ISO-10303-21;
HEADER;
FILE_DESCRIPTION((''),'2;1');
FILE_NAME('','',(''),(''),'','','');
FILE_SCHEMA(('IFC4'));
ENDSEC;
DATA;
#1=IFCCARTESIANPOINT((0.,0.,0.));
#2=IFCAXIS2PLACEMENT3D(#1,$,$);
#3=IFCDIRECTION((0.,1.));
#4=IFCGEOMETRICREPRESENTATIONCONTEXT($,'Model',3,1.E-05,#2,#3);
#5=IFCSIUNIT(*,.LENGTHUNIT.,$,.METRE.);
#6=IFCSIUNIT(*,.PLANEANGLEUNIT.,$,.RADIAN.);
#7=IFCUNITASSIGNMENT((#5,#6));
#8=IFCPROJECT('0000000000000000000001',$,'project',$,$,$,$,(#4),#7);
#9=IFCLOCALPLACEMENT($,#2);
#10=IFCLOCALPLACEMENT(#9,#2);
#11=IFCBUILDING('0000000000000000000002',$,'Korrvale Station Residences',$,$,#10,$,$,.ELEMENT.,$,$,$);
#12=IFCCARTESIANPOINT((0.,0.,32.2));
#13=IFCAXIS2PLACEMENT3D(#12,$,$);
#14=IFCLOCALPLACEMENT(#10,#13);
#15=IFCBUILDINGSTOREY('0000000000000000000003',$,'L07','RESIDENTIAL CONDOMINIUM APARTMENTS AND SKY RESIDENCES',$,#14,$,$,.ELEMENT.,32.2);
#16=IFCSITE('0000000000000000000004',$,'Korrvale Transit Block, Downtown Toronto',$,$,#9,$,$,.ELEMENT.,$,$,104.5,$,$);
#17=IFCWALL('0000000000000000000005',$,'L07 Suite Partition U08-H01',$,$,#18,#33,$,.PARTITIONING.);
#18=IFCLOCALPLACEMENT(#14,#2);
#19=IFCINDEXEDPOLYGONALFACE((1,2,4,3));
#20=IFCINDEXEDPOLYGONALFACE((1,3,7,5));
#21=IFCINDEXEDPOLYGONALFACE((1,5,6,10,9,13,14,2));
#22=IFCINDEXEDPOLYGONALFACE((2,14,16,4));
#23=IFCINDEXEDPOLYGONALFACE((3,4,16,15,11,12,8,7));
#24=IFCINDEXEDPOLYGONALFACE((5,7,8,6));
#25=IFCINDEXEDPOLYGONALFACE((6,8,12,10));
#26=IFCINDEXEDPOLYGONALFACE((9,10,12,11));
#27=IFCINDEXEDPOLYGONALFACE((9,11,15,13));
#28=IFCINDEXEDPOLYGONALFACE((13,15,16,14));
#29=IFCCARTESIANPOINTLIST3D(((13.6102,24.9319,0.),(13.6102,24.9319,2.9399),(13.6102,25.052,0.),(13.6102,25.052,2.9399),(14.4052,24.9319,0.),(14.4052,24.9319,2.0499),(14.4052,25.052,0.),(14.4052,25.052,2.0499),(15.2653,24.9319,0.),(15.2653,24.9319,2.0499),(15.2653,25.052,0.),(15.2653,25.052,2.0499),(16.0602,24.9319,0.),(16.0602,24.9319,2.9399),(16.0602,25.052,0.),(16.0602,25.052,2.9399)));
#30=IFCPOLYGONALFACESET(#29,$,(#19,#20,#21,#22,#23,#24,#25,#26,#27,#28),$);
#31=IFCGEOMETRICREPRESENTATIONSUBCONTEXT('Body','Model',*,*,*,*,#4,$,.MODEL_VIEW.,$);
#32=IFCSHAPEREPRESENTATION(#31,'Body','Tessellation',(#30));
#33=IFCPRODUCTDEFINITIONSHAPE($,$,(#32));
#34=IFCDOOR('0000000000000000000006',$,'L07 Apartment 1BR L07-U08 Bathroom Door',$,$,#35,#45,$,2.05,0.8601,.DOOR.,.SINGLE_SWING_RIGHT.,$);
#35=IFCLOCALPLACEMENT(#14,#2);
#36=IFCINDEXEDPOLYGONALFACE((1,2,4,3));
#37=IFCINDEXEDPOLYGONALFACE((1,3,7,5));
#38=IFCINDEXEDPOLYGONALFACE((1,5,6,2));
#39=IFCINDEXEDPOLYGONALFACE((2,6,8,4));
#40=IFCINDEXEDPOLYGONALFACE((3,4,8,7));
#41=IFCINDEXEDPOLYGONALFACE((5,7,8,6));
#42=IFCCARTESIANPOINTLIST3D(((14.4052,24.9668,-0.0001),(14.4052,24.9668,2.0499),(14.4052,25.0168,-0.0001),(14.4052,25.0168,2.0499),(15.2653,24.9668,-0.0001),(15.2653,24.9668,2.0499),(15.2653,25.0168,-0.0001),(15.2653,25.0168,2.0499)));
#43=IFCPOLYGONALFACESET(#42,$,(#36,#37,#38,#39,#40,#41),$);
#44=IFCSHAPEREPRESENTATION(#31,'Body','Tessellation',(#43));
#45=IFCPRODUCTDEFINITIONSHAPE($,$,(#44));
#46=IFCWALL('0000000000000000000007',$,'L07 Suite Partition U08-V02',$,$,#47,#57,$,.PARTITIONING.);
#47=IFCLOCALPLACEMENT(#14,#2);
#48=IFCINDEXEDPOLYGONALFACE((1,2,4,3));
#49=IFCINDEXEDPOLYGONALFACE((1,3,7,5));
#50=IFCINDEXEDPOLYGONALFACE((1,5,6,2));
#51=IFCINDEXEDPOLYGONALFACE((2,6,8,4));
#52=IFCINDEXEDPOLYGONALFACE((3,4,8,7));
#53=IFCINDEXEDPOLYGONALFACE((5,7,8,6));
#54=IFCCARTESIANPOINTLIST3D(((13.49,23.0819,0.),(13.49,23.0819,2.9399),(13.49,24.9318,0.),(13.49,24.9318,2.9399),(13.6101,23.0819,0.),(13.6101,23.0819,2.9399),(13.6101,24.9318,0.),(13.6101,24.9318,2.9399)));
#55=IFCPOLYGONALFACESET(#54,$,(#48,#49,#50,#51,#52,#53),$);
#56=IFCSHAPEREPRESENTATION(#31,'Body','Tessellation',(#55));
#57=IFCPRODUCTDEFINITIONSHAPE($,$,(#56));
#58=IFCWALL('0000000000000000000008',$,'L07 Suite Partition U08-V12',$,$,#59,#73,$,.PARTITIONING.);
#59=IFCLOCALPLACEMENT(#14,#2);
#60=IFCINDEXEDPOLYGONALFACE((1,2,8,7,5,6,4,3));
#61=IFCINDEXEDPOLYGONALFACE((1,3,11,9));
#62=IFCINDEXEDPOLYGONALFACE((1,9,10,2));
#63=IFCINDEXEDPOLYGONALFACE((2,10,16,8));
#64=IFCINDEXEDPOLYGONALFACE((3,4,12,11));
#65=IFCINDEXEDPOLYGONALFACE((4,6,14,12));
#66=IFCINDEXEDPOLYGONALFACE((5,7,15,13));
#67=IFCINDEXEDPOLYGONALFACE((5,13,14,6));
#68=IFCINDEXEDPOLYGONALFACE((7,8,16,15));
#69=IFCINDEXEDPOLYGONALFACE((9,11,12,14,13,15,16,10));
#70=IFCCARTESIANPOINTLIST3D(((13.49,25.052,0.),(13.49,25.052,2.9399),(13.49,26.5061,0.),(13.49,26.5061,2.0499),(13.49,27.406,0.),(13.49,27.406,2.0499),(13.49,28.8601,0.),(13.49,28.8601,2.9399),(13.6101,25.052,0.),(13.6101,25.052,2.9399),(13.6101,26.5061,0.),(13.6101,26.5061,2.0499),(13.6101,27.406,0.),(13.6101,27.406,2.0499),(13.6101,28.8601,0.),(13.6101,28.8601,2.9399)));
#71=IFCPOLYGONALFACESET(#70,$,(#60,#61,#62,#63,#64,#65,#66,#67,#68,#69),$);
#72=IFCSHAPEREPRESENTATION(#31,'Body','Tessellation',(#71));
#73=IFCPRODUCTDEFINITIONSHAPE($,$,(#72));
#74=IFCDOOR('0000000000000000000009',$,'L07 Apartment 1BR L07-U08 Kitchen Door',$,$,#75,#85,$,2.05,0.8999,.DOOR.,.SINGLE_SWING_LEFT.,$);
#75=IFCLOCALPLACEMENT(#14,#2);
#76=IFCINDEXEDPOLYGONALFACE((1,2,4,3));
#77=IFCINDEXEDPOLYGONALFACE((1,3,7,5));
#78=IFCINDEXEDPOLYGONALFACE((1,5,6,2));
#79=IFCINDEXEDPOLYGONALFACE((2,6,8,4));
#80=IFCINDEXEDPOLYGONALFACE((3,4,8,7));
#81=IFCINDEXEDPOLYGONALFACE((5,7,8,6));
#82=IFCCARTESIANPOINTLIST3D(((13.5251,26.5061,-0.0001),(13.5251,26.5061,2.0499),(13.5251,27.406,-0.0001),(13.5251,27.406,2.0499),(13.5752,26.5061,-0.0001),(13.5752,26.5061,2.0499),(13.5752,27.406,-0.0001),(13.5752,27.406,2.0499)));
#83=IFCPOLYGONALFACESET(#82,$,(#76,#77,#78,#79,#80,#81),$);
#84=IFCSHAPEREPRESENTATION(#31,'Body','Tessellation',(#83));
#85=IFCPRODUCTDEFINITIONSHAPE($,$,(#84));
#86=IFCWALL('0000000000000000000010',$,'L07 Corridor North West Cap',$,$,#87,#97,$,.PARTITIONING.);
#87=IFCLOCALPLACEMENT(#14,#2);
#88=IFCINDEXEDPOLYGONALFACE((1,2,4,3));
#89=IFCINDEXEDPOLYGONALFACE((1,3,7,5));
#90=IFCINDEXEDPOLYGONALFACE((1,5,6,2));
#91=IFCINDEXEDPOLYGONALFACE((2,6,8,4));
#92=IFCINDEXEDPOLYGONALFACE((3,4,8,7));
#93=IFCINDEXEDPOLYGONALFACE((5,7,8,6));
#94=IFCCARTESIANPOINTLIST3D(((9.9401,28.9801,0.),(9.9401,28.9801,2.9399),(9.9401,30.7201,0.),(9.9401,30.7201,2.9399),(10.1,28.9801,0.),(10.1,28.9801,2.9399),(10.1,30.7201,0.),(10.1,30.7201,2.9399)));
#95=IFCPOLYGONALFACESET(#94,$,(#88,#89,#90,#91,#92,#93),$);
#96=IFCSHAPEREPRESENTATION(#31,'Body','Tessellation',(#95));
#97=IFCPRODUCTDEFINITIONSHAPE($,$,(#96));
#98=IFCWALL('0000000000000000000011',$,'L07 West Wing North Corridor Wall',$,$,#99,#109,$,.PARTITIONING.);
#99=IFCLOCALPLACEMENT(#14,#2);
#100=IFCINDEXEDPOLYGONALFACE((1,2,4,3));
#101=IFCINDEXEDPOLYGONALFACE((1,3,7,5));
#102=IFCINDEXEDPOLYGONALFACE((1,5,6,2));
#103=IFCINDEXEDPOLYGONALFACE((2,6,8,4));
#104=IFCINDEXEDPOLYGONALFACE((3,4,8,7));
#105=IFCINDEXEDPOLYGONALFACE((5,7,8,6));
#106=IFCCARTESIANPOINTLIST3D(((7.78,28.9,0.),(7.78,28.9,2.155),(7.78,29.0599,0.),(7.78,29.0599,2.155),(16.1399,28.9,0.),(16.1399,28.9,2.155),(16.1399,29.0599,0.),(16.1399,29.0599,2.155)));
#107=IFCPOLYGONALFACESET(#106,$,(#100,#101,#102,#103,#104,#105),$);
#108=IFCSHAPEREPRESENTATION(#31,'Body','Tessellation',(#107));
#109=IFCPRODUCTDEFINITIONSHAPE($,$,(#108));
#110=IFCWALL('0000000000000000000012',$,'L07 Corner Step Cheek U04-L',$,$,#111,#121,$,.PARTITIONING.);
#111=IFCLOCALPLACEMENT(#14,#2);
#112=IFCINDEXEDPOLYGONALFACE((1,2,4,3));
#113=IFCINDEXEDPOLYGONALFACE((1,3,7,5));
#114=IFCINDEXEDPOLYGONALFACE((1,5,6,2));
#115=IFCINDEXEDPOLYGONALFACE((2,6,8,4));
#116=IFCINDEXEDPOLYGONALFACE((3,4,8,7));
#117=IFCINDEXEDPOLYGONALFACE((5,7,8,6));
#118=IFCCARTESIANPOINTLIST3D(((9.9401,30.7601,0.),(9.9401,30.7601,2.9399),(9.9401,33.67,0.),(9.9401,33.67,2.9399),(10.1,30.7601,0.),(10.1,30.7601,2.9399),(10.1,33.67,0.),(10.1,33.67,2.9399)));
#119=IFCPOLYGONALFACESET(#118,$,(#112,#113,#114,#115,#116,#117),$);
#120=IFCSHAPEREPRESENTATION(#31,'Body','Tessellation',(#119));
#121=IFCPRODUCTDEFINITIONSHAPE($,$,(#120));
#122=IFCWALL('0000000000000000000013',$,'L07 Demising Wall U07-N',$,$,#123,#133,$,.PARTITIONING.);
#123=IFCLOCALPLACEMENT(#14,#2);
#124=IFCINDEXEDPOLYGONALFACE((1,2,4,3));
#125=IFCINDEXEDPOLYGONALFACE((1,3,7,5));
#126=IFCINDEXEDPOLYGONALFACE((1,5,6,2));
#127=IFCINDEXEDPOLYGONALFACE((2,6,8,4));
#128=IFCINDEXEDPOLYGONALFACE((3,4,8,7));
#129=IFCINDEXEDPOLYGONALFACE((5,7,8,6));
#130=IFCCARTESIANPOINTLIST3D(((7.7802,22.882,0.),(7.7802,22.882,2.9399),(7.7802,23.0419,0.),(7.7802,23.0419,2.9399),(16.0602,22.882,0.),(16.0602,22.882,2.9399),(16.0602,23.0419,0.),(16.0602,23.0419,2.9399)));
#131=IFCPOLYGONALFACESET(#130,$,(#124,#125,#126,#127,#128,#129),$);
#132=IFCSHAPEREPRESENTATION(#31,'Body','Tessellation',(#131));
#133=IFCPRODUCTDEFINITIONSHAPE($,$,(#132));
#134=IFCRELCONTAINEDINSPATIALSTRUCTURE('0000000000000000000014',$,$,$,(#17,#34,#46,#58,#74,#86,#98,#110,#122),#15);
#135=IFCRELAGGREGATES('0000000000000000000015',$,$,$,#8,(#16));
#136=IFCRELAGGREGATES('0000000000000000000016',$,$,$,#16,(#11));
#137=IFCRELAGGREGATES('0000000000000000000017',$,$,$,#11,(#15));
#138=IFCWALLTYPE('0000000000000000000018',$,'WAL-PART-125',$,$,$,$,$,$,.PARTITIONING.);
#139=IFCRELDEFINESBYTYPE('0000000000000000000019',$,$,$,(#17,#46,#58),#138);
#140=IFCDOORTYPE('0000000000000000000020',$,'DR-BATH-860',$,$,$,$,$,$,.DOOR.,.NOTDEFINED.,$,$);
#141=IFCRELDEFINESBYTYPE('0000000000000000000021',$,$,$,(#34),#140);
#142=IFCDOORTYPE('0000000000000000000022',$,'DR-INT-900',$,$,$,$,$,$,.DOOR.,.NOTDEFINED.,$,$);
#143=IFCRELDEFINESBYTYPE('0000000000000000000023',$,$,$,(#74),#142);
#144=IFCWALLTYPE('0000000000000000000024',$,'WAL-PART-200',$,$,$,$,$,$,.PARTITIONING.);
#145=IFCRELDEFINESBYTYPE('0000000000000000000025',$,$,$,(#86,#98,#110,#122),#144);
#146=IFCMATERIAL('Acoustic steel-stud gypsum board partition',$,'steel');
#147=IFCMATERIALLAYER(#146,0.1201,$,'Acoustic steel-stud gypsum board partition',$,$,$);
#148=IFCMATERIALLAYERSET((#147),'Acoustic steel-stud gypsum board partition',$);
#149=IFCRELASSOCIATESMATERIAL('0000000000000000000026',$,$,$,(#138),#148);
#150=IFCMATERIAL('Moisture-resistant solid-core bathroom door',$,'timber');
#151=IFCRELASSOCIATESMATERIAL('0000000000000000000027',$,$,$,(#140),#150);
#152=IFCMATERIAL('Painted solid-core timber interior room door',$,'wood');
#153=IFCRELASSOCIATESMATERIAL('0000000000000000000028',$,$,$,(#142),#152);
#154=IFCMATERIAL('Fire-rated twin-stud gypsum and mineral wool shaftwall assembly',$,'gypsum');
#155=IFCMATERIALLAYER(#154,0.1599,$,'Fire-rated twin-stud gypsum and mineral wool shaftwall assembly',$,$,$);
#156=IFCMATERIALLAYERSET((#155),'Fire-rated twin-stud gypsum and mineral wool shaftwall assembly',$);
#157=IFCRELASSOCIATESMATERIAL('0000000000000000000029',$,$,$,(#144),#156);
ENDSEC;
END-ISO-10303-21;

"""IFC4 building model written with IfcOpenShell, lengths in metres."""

from ifc_helpers import new_model, si_unit, direction, frame, frame_2d, origin, place, context, subcontext, project, spatial, rectangle, extrude, material, layer, layer_set, type_object, element, fill, save


model = new_model("IFC4")

# Units and contexts
model_context = context("Model", 3, precision=1e-05, world=origin(), true_north=direction((0.0, 1.0)))
body_context = subcontext(model_context, "Body", "Model", "MODEL_VIEW")
ifc_project = project(units=[si_unit("LENGTHUNIT", "METRE"), si_unit("PLANEANGLEUNIT", "RADIAN")], contexts=[model_context])

# Site, building, storey
site_placement = place(None, origin())
site = spatial("IfcSite", under=ifc_project, at=site_placement, Name="Korrvale Transit Block, Downtown Toronto", CompositionType="ELEMENT", RefElevation=104.5)
building_placement = place(site_placement, origin())
building = spatial("IfcBuilding", under=site, at=building_placement, Name="Korrvale Station Residences", CompositionType="ELEMENT")
storey_placement = place(building_placement, frame((0.0, 0.0, 32.2)))
storey = spatial("IfcBuildingStorey", under=building, at=storey_placement, Name="L07", Description="RESIDENTIAL CONDOMINIUM APARTMENTS AND SKY RESIDENCES", CompositionType="ELEMENT", Elevation=32.2)

# Wall, opening, door
ifc_material_1 = material(Name="Acoustic steel-stud gypsum board partition", Category="steel")
ifc_layer_1 = layer(ifc_material_1, 0.1201, Name="Acoustic steel-stud gypsum board partition")
ifc_layer_set_1 = layer_set([ifc_layer_1], Name="Acoustic steel-stud gypsum board partition")
wall_type_1 = type_object("IfcWallType", Name="WAL-PART-125", PredefinedType="PARTITIONING", material=ifc_layer_set_1)
ifc_material_2 = material(Name="Moisture-resistant solid-core bathroom door", Category="timber")
door_type_1 = type_object("IfcDoorType", Name="DR-BATH-860", OperationType="NOTDEFINED", PredefinedType="DOOR", material=ifc_material_2)
ifc_material_3 = material(Name="Painted solid-core timber interior room door", Category="wood")
door_type_2 = type_object("IfcDoorType", Name="DR-INT-900", OperationType="NOTDEFINED", PredefinedType="DOOR", material=ifc_material_3)
wall_1_placement = place(storey_placement, frame((13.6101, 24.9919, 0.0), z_axis=(0.0, 0.0, 1.0), x_axis=(1.0, 0.0, 0.0)))
wall_1 = element("IfcWall", 1, at=wall_1_placement, inside=storey, type_object=wall_type_1, Name="L07 Suite Partition U08-H01", PredefinedType="PARTITIONING", context=body_context, shape_type="SweptSolid", body=[
    extrude(rectangle(XDim=2.45, YDim=0.1201, at=frame_2d((1.2251, 0.0))), origin(), (0.0, 0.0, 1.0), 2.9399),
])
opening_1_placement = place(wall_1_placement, frame((0.7949, 0.0, 0.0)))
opening_1 = element("IfcOpeningElement", 2, at=opening_1_placement, cuts=wall_1, PredefinedType="OPENING", context=body_context, shape_type="SweptSolid", body=[
    extrude(rectangle(XDim=0.8601, YDim=2.05, at=frame_2d((0.4302, 1.0249))), frame((0.0, 0.0701, 0.0), z_axis=(0.0, -1.0, 0.0), x_axis=(1.0, 0.0, 0.0)), (0.0, 0.0, 1.0), 0.1401),
])
door_1_placement = place(opening_1_placement, origin())
door_1 = element("IfcDoor", 3, at=door_1_placement, inside=storey, type_object=door_type_1, Name="L07 Apartment 1BR L07-U08 Bathroom Door", OperationType="SINGLE_SWING_RIGHT", OverallHeight=2.05, OverallWidth=0.8601, PredefinedType="DOOR", context=body_context, shape_type="SweptSolid", body=[
    extrude(rectangle(XDim=0.8601, YDim=2.05, at=frame_2d((0.4302, 1.0249))), frame((0.0, 0.0249, 0.0), z_axis=(0.0, -1.0, 0.0), x_axis=(1.0, 0.0, 0.0)), (0.0, 0.0, 1.0), 0.05),
])
fill(opening_1, door_1)

# Wall
wall_2_placement = place(storey_placement, frame((13.55, 23.082, 0.0), z_axis=(0.0, 0.0, 1.0), x_axis=(0.0, 1.0, 0.0)))
element("IfcWall", 4, at=wall_2_placement, inside=storey, type_object=wall_type_1, Name="L07 Suite Partition U08-V02", PredefinedType="PARTITIONING", context=body_context, shape_type="SweptSolid", body=[
    extrude(rectangle(XDim=1.8499, YDim=0.1201, at=frame_2d((0.9248, 0.0))), origin(), (0.0, 0.0, 1.0), 2.9399),
])

# Wall, opening, door
wall_3_placement = place(storey_placement, frame((13.55, 25.052, 0.0), z_axis=(0.0, 0.0, 1.0), x_axis=(0.0, 1.0, 0.0)))
wall_3 = element("IfcWall", 5, at=wall_3_placement, inside=storey, type_object=wall_type_1, Name="L07 Suite Partition U08-V12", PredefinedType="PARTITIONING", context=body_context, shape_type="SweptSolid", body=[
    extrude(rectangle(XDim=3.8081, YDim=0.1201, at=frame_2d((1.9041, 0.0))), origin(), (0.0, 0.0, 1.0), 2.9399),
])
opening_2_placement = place(wall_3_placement, frame((1.4541, 0.0, 0.0)))
opening_2 = element("IfcOpeningElement", 6, at=opening_2_placement, cuts=wall_3, PredefinedType="OPENING", context=body_context, shape_type="SweptSolid", body=[
    extrude(rectangle(XDim=0.8999, YDim=2.05, at=frame_2d((0.45, 1.0249))), frame((0.0, 0.0701, 0.0), z_axis=(0.0, -1.0, 0.0), x_axis=(1.0, 0.0, 0.0)), (0.0, 0.0, 1.0), 0.1401),
])
door_2_placement = place(opening_2_placement, origin())
door_2 = element("IfcDoor", 7, at=door_2_placement, inside=storey, type_object=door_type_2, Name="L07 Apartment 1BR L07-U08 Kitchen Door", OperationType="SINGLE_SWING_LEFT", OverallHeight=2.05, OverallWidth=0.8999, PredefinedType="DOOR", context=body_context, shape_type="SweptSolid", body=[
    extrude(rectangle(XDim=0.8999, YDim=2.05, at=frame_2d((0.45, 1.0249))), frame((0.0, 0.0249, 0.0), z_axis=(0.0, -1.0, 0.0), x_axis=(1.0, 0.0, 0.0)), (0.0, 0.0, 1.0), 0.05),
])
fill(opening_2, door_2)

# Walls
ifc_material_4 = material(Name="Fire-rated twin-stud gypsum and mineral wool shaftwall assembly", Category="gypsum")
ifc_layer_2 = layer(ifc_material_4, 0.1599, Name="Fire-rated twin-stud gypsum and mineral wool shaftwall assembly")
ifc_layer_set_2 = layer_set([ifc_layer_2], Name="Fire-rated twin-stud gypsum and mineral wool shaftwall assembly")
wall_type_2 = type_object("IfcWallType", Name="WAL-PART-200", PredefinedType="PARTITIONING", material=ifc_layer_set_2)
wall_4_placement = place(storey_placement, frame((10.02, 28.98, 0.0), z_axis=(0.0, 0.0, 1.0), x_axis=(0.0, 1.0, 0.0)))
element("IfcWall", 8, at=wall_4_placement, inside=storey, type_object=wall_type_2, Name="L07 Corridor North West Cap", PredefinedType="PARTITIONING", context=body_context, shape_type="SweptSolid", body=[
    extrude(rectangle(XDim=1.74, YDim=0.1599, at=frame_2d((0.8701, 0.0))), origin(), (0.0, 0.0, 1.0), 2.9399),
])
wall_5_placement = place(storey_placement, frame((7.78, 28.98, 0.0), z_axis=(0.0, 0.0, 1.0), x_axis=(1.0, 0.0, 0.0)))
element("IfcWall", 9, at=wall_5_placement, inside=storey, type_object=wall_type_2, Name="L07 West Wing North Corridor Wall", PredefinedType="PARTITIONING", context=body_context, shape_type="SweptSolid", body=[
    extrude(rectangle(XDim=8.3599, YDim=0.1599, at=frame_2d((4.1799, 0.0))), origin(), (0.0, 0.0, 1.0), 2.155),
])
wall_6_placement = place(storey_placement, frame((10.02, 30.76, 0.0), z_axis=(0.0, 0.0, 1.0), x_axis=(0.0, 1.0, 0.0)))
element("IfcWall", 10, at=wall_6_placement, inside=storey, type_object=wall_type_2, Name="L07 Corner Step Cheek U04-L", PredefinedType="PARTITIONING", context=body_context, shape_type="SweptSolid", body=[
    extrude(rectangle(XDim=2.9099, YDim=0.1599, at=frame_2d((1.4551, 0.0))), origin(), (0.0, 0.0, 1.0), 2.9399),
])
wall_7_placement = place(storey_placement, frame((7.78, 22.9619, 0.0), z_axis=(0.0, 0.0, 1.0), x_axis=(1.0, 0.0, 0.0)))
element("IfcWall", 11, at=wall_7_placement, inside=storey, type_object=wall_type_2, Name="L07 Demising Wall U07-N", PredefinedType="PARTITIONING", context=body_context, shape_type="SweptSolid", body=[
    extrude(rectangle(XDim=8.28, YDim=0.1599, at=frame_2d((4.1401, 0.0))), origin(), (0.0, 0.0, 1.0), 2.9399),
])

save(model, "model.ifc")
